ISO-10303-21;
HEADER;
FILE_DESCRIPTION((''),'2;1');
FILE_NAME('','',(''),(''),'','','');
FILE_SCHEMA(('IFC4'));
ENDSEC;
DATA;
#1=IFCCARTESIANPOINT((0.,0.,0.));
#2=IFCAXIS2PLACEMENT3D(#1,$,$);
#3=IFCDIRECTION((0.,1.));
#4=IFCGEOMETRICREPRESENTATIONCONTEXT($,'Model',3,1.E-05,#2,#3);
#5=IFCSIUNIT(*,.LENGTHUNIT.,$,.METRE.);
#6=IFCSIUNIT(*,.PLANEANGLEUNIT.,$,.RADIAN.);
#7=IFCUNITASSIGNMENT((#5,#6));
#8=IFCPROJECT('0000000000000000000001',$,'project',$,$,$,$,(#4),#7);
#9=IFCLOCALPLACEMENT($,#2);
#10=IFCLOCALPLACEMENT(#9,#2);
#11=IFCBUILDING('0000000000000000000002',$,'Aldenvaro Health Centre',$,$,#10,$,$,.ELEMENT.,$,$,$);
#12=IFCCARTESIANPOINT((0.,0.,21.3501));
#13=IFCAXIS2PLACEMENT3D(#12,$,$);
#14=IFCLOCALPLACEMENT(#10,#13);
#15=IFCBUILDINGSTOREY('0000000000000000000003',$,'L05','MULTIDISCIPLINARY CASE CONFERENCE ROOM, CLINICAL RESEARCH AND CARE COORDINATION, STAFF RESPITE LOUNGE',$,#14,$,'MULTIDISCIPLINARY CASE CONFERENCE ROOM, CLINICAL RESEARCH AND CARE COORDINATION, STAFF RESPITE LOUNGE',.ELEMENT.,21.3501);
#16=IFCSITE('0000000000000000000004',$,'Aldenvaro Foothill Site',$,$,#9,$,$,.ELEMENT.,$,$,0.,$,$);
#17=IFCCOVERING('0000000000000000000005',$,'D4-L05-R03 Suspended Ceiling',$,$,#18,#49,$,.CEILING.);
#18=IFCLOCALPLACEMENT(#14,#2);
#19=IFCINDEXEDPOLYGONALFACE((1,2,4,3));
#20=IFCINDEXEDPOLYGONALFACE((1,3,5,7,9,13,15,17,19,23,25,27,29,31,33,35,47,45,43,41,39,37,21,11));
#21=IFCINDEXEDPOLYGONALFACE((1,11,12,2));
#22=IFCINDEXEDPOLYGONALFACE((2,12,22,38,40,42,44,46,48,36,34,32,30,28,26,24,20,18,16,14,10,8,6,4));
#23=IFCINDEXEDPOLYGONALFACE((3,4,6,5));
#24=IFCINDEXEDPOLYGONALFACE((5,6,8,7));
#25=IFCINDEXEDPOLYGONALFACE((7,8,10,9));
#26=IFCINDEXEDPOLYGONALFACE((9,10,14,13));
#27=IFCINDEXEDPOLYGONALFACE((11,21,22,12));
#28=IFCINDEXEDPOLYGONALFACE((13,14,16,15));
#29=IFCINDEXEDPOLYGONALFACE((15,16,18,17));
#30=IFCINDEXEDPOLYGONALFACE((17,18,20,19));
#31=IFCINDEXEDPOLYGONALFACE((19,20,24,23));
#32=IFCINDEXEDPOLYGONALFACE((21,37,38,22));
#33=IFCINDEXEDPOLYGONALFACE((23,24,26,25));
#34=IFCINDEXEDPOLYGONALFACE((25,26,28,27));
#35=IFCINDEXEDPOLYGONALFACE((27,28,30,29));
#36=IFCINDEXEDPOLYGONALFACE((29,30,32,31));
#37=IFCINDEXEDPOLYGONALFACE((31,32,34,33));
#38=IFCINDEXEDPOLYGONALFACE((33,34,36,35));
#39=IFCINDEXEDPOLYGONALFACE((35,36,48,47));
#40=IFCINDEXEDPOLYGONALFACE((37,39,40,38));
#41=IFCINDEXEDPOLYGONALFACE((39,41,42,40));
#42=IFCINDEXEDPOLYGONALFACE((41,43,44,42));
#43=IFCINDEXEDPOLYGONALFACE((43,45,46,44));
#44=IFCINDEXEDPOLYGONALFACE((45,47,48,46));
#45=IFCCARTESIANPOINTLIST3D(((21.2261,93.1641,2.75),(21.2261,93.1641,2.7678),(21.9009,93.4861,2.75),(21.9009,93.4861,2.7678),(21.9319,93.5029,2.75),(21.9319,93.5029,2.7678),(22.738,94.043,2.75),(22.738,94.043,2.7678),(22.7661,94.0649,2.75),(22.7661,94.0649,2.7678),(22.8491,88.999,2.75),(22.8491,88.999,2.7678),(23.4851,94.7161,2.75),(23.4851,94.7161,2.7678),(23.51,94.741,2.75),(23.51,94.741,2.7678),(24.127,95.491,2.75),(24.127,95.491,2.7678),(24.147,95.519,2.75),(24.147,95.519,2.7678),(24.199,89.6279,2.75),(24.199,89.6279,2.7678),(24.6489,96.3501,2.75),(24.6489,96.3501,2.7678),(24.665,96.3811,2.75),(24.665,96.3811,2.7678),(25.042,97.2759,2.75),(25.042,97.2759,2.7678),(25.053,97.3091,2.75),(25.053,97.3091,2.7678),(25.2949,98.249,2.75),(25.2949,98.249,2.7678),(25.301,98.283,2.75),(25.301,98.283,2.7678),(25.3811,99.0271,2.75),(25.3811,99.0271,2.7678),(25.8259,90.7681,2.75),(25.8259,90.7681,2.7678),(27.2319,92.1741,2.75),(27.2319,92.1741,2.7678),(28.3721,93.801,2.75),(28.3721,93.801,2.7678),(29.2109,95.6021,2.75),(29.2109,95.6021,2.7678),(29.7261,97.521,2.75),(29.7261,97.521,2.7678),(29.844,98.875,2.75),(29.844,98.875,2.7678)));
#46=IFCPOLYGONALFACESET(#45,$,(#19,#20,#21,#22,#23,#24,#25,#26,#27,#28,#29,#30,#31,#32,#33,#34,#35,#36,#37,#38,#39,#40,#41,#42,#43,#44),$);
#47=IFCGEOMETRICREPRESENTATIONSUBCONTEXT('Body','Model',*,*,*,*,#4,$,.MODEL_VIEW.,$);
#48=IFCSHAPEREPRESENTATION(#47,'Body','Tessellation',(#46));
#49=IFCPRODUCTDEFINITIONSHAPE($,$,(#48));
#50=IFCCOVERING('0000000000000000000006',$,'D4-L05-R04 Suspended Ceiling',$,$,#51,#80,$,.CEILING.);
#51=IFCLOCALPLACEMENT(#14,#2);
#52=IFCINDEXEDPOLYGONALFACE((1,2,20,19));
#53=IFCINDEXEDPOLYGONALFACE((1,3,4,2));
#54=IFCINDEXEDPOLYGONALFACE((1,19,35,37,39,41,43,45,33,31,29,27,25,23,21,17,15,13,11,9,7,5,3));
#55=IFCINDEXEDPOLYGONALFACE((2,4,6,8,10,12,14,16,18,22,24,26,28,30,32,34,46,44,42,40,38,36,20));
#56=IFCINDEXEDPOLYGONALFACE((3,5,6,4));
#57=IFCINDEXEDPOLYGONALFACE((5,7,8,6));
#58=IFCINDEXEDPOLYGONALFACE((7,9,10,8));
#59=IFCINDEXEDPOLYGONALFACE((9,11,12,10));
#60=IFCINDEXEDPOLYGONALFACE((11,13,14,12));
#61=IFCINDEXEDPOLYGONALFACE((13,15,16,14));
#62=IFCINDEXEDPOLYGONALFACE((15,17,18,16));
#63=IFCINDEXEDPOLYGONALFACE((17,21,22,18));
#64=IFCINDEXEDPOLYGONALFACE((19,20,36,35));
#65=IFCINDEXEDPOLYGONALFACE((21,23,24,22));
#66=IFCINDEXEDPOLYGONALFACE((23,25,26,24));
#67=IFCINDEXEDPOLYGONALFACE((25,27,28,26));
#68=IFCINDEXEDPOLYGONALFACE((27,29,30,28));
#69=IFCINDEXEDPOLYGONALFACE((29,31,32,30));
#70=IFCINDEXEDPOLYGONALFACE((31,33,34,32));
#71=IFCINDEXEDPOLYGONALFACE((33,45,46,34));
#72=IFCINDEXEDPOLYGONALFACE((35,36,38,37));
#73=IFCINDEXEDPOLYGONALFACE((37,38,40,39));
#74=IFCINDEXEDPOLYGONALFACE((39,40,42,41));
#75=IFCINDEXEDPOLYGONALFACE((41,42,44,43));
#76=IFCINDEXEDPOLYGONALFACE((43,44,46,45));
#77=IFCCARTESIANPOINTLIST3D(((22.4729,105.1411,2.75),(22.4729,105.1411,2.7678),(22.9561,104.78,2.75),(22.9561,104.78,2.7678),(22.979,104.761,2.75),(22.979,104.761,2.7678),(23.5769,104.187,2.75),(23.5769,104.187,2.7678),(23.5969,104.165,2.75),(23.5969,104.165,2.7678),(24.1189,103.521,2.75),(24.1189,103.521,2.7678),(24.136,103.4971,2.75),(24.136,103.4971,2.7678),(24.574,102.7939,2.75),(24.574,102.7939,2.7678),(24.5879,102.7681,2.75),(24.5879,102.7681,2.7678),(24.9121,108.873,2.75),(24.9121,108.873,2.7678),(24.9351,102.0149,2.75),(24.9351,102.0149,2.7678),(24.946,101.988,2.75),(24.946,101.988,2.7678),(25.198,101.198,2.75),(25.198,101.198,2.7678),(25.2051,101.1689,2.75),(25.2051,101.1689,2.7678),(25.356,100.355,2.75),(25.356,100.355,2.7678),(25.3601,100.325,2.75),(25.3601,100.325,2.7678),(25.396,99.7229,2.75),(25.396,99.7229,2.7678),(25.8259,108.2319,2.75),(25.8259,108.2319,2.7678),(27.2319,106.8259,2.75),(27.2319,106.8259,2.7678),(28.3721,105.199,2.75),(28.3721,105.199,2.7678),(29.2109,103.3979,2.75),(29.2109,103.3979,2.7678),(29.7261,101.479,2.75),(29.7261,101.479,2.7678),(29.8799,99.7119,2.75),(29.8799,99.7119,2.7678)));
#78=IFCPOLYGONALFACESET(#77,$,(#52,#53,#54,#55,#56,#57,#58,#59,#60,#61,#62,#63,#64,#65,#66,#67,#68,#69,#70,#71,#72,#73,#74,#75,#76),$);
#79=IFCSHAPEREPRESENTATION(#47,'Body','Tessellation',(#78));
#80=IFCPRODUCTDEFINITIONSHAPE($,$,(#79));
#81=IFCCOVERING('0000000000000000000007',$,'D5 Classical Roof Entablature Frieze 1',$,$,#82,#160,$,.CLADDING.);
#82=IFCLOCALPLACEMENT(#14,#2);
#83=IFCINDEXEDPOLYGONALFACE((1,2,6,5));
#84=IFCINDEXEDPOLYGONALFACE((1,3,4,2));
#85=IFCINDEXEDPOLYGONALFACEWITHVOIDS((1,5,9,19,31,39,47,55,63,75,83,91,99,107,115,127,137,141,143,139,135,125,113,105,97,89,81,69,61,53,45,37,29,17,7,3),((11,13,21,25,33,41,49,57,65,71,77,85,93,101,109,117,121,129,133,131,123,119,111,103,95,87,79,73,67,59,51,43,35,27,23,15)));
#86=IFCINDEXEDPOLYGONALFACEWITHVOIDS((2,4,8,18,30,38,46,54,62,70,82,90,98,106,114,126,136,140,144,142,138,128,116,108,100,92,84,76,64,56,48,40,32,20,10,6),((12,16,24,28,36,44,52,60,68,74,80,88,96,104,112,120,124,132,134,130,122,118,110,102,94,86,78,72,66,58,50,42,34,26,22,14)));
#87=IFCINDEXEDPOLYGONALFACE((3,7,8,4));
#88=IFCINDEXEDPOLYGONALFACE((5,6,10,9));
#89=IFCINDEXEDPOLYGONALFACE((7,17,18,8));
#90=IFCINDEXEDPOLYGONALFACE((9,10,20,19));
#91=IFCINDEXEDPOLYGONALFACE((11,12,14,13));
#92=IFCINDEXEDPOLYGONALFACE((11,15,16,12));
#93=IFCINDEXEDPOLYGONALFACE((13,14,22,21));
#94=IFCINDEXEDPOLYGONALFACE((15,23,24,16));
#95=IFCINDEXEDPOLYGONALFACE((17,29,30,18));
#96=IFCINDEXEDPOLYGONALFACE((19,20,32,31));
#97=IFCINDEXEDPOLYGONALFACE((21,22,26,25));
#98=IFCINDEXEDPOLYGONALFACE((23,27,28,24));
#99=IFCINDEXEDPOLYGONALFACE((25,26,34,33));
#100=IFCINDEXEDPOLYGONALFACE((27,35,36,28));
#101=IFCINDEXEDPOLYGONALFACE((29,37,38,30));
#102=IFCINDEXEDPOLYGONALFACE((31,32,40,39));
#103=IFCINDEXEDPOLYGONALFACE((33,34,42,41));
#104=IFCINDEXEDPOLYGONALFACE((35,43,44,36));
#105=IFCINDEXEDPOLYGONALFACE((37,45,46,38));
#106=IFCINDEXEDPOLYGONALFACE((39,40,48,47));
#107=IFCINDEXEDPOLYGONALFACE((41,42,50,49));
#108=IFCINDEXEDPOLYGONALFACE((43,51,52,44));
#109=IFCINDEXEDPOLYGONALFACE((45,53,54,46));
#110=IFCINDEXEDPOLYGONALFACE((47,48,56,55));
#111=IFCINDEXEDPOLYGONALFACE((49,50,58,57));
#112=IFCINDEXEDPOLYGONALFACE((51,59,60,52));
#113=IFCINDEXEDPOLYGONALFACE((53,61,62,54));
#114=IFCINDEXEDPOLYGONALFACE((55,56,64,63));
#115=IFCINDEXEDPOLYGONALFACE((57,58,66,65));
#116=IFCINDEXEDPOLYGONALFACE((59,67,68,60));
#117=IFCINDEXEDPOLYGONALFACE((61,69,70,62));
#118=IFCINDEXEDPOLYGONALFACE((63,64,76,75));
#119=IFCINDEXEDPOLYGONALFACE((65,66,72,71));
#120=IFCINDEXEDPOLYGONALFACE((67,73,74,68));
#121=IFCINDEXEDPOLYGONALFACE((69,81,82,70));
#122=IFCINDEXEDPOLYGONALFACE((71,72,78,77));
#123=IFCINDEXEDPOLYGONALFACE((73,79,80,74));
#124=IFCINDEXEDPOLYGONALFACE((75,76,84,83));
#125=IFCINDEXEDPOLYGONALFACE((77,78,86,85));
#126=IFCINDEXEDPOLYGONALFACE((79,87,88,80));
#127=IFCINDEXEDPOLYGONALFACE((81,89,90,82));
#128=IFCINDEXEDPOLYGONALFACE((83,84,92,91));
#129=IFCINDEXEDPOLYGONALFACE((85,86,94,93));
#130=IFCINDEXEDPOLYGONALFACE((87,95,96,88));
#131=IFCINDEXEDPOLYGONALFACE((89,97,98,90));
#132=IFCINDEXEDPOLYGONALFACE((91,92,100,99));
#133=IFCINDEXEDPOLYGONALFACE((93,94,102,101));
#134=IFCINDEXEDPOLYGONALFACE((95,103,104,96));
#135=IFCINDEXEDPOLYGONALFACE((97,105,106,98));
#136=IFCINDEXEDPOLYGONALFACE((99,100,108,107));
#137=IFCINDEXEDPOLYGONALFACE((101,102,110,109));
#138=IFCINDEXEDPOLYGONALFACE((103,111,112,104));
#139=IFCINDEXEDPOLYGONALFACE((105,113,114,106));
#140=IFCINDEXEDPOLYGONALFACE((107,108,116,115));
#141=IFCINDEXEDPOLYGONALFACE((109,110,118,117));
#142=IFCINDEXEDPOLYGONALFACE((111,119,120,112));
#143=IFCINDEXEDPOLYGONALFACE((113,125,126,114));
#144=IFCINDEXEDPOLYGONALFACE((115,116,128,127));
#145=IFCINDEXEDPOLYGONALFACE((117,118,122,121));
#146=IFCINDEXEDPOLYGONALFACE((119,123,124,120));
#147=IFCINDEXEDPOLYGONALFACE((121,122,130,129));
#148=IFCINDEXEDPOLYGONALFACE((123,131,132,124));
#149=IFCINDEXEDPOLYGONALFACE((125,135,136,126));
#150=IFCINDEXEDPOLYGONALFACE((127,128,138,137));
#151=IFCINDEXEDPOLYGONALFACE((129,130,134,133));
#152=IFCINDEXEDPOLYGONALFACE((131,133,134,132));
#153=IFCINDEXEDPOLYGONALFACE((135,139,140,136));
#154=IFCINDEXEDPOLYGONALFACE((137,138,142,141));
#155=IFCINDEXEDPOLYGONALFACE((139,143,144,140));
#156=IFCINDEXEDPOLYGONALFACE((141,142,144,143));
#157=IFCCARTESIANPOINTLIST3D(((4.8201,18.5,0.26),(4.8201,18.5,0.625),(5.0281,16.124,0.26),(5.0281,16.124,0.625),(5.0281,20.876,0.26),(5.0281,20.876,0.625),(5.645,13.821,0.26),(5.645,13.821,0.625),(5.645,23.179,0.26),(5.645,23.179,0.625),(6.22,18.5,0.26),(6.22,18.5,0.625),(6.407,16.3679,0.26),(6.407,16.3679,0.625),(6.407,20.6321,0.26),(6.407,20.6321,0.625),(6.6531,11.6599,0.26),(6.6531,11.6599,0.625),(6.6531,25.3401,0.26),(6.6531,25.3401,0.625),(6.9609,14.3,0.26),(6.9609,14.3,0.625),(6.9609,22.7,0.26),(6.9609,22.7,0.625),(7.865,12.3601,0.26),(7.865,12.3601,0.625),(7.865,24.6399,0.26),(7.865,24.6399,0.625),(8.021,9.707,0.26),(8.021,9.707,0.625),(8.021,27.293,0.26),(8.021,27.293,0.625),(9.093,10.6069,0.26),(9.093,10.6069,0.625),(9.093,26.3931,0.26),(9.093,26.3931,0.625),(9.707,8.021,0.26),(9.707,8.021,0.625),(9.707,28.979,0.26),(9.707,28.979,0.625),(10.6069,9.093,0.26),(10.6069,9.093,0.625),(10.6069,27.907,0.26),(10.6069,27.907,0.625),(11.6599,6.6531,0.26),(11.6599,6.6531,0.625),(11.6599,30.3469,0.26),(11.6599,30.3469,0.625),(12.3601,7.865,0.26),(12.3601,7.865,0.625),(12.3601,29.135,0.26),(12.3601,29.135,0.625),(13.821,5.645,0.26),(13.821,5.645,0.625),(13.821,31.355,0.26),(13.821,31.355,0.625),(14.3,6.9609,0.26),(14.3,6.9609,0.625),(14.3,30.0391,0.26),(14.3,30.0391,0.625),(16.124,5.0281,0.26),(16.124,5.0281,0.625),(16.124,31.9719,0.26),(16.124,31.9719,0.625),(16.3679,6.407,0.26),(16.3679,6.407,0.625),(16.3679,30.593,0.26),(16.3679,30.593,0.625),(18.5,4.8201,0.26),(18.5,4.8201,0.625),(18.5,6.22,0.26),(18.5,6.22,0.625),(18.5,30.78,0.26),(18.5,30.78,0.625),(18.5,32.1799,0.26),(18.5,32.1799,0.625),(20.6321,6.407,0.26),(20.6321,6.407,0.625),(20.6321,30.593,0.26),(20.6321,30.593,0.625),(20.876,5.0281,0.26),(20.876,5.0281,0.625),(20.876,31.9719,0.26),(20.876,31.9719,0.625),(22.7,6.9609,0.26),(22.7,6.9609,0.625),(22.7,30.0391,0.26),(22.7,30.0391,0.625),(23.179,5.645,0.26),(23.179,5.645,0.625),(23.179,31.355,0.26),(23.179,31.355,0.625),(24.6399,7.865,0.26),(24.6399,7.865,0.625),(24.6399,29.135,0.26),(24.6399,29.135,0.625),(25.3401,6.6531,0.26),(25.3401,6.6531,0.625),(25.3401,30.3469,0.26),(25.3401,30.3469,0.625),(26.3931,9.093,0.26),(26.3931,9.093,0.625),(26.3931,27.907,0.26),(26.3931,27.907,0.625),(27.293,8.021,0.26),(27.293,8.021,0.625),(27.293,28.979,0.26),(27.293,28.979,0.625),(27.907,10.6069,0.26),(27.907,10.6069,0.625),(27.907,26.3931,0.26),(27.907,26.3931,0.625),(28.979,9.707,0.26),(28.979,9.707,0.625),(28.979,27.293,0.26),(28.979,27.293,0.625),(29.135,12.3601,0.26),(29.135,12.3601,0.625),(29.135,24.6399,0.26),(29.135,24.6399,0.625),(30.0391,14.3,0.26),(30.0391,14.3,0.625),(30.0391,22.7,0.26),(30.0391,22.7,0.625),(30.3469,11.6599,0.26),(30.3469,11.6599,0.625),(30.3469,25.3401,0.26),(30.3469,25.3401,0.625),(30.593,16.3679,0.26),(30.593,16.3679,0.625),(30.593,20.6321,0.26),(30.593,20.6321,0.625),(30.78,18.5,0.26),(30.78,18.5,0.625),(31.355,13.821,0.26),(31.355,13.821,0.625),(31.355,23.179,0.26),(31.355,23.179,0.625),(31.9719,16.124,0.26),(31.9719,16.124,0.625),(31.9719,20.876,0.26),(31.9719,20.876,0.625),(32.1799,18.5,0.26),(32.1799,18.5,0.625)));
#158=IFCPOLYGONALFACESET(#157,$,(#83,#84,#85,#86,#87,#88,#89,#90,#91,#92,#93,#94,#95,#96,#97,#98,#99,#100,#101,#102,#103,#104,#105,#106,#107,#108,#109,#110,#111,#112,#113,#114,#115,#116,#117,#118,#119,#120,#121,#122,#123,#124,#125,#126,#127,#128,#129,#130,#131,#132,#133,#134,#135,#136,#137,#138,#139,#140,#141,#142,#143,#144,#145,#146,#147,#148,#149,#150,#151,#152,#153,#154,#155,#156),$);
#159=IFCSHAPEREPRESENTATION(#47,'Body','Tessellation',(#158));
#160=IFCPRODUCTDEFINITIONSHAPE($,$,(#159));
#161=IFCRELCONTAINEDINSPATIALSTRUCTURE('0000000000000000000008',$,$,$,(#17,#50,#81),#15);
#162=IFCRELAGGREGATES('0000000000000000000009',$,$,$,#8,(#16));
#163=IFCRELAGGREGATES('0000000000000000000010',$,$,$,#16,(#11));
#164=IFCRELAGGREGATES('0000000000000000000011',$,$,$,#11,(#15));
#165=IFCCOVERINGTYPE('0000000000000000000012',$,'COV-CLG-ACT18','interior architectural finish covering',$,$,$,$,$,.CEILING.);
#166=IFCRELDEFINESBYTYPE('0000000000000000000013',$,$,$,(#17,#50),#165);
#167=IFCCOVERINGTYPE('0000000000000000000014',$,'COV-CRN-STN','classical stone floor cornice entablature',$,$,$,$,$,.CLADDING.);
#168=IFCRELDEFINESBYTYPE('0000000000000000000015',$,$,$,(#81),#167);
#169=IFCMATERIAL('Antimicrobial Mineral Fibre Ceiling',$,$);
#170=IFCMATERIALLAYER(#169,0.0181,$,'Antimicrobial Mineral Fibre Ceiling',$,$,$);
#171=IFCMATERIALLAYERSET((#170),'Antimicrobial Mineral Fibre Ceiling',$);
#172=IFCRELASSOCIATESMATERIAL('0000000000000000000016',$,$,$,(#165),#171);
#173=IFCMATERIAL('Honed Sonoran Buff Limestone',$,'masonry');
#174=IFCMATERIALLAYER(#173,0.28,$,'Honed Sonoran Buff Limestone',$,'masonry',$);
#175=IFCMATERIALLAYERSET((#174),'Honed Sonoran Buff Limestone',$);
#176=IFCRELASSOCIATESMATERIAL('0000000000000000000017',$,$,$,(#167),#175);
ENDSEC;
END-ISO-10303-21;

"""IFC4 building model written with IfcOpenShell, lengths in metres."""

from ifc_helpers import new_model, si_unit, direction, frame, origin, place, context, subcontext, project, spatial, polyline, outline, extrude, material, layer, layer_set, type_object, element, save


model = new_model("IFC4")

# Units and contexts
model_context = context("Model", 3, precision=1e-05, world=origin(), true_north=direction((0.0, 1.0)))
body_context = subcontext(model_context, "Body", "Model", "MODEL_VIEW")
ifc_project = project(units=[si_unit("LENGTHUNIT", "METRE"), si_unit("PLANEANGLEUNIT", "RADIAN")], contexts=[model_context])

# Site, building, storey
site_placement = place(None, origin())
site = spatial("IfcSite", under=ifc_project, at=site_placement, Name="Aldenvaro Foothill Site", CompositionType="ELEMENT", RefElevation=0.0)
building_placement = place(site_placement, origin())
building = spatial("IfcBuilding", under=site, at=building_placement, Name="Aldenvaro Health Centre", CompositionType="ELEMENT")
storey_placement = place(building_placement, frame((0.0, 0.0, 21.3501)))
storey = spatial("IfcBuildingStorey", under=building, at=storey_placement, Name="L05", Description="MULTIDISCIPLINARY CASE CONFERENCE ROOM, CLINICAL RESEARCH AND CARE COORDINATION, STAFF RESPITE LOUNGE", LongName="MULTIDISCIPLINARY CASE CONFERENCE ROOM, CLINICAL RESEARCH AND CARE COORDINATION, STAFF RESPITE LOUNGE", CompositionType="ELEMENT", Elevation=21.3501)

# Coverings
ifc_material_1 = material(Name="Antimicrobial Mineral Fibre Ceiling")
ifc_layer_1 = layer(ifc_material_1, 0.0181, Name="Antimicrobial Mineral Fibre Ceiling")
ifc_layer_set_1 = layer_set([ifc_layer_1], Name="Antimicrobial Mineral Fibre Ceiling")
covering_type_1 = type_object("IfcCoveringType", Name="COV-CLG-ACT18", Description="interior architectural finish covering", PredefinedType="CEILING", material=ifc_layer_set_1)
covering_1_placement = place(storey_placement, frame((0.0, 0.0, 2.75)))
element("IfcCovering", 1, at=covering_1_placement, inside=storey, type_object=covering_type_1, Name="D4-L05-R03 Suspended Ceiling", PredefinedType="CEILING", context=body_context, shape_type="SweptSolid", body=[
    extrude(outline(polyline([(21.9009, 93.4861), (21.9319, 93.5029), (22.738, 94.043), (22.7661, 94.0649), (23.4851, 94.7161), (23.51, 94.741), (24.127, 95.491), (24.147, 95.519), (24.6489, 96.3501), (24.665, 96.3811), (25.042, 97.2759), (25.053, 97.3091), (25.2949, 98.249), (25.301, 98.283), (25.3811, 99.0271), (29.844, 98.875), (29.7261, 97.521), (29.2109, 95.6021), (28.3721, 93.801), (27.2319, 92.1741), (25.8259, 90.7681), (24.199, 89.6279), (22.8491, 88.999), (21.2261, 93.1641), (21.9009, 93.4861)])), origin(), (0.0, 0.0, 1.0), 0.0178),
])
covering_2_placement = place(storey_placement, frame((0.0, 0.0, 2.75)))
element("IfcCovering", 2, at=covering_2_placement, inside=storey, type_object=covering_type_1, Name="D4-L05-R04 Suspended Ceiling", PredefinedType="CEILING", context=body_context, shape_type="SweptSolid", body=[
    extrude(outline(polyline([(25.3601, 100.325), (25.356, 100.355), (25.2051, 101.1689), (25.198, 101.198), (24.946, 101.988), (24.9351, 102.0149), (24.5879, 102.7681), (24.574, 102.7939), (24.136, 103.4971), (24.1189, 103.521), (23.5969, 104.165), (23.5769, 104.187), (22.979, 104.761), (22.9561, 104.78), (22.4729, 105.1411), (24.9121, 108.873), (25.8259, 108.2319), (27.2319, 106.8259), (28.3721, 105.199), (29.2109, 103.3979), (29.7261, 101.479), (29.8799, 99.7119), (25.396, 99.7229), (25.3601, 100.325)])), origin(), (0.0, 0.0, 1.0), 0.0178),
])
ifc_material_2 = material(Name="Honed Sonoran Buff Limestone", Category="masonry")
ifc_layer_2 = layer(ifc_material_2, 0.28, Name="Honed Sonoran Buff Limestone", Category="masonry")
ifc_layer_set_2 = layer_set([ifc_layer_2], Name="Honed Sonoran Buff Limestone")
covering_type_2 = type_object("IfcCoveringType", Name="COV-CRN-STN", Description="classical stone floor cornice entablature", PredefinedType="CLADDING", material=ifc_layer_set_2)
covering_3_placement = place(storey_placement, frame((0.0, 0.0, 0.26)))
element("IfcCovering", 3, at=covering_3_placement, inside=storey, type_object=covering_type_2, Name="D5 Classical Roof Entablature Frieze 1", PredefinedType="CLADDING", context=body_context, shape_type="SweptSolid", body=[
    extrude(outline(polyline([(32.1799, 18.5), (31.9719, 20.876), (31.355, 23.179), (30.3469, 25.3401), (28.979, 27.293), (27.293, 28.979), (25.3401, 30.3469), (23.179, 31.355), (20.876, 31.9719), (18.5, 32.1799), (16.124, 31.9719), (13.821, 31.355), (11.6599, 30.3469), (9.707, 28.979), (8.021, 27.293), (6.6531, 25.3401), (5.645, 23.179), (5.0281, 20.876), (4.8201, 18.5), (5.0281, 16.124), (5.645, 13.821), (6.6531, 11.6599), (8.021, 9.707), (9.707, 8.021), (11.6599, 6.6531), (13.821, 5.645), (16.124, 5.0281), (18.5, 4.8201), (20.876, 5.0281), (23.179, 5.645), (25.3401, 6.6531), (27.293, 8.021), (28.979, 9.707), (30.3469, 11.6599), (31.355, 13.821), (31.9719, 16.124), (32.1799, 18.5)]), holes=[polyline([(30.78, 18.5), (30.593, 16.3679), (30.0391, 14.3), (29.135, 12.3601), (27.907, 10.6069), (26.3931, 9.093), (24.6399, 7.865), (22.7, 6.9609), (20.6321, 6.407), (18.5, 6.22), (16.3679, 6.407), (14.3, 6.9609), (12.3601, 7.865), (10.6069, 9.093), (9.093, 10.6069), (7.865, 12.3601), (6.9609, 14.3), (6.407, 16.3679), (6.22, 18.5), (6.407, 20.6321), (6.9609, 22.7), (7.865, 24.6399), (9.093, 26.3931), (10.6069, 27.907), (12.3601, 29.135), (14.3, 30.0391), (16.3679, 30.593), (18.5, 30.78), (20.6321, 30.593), (22.7, 30.0391), (24.6399, 29.135), (26.3931, 27.907), (27.907, 26.3931), (29.135, 24.6399), (30.0391, 22.7), (30.593, 20.6321), (30.78, 18.5)])]), origin(), (0.0, 0.0, 1.0), 0.365),
])

save(model, "model.ifc")
